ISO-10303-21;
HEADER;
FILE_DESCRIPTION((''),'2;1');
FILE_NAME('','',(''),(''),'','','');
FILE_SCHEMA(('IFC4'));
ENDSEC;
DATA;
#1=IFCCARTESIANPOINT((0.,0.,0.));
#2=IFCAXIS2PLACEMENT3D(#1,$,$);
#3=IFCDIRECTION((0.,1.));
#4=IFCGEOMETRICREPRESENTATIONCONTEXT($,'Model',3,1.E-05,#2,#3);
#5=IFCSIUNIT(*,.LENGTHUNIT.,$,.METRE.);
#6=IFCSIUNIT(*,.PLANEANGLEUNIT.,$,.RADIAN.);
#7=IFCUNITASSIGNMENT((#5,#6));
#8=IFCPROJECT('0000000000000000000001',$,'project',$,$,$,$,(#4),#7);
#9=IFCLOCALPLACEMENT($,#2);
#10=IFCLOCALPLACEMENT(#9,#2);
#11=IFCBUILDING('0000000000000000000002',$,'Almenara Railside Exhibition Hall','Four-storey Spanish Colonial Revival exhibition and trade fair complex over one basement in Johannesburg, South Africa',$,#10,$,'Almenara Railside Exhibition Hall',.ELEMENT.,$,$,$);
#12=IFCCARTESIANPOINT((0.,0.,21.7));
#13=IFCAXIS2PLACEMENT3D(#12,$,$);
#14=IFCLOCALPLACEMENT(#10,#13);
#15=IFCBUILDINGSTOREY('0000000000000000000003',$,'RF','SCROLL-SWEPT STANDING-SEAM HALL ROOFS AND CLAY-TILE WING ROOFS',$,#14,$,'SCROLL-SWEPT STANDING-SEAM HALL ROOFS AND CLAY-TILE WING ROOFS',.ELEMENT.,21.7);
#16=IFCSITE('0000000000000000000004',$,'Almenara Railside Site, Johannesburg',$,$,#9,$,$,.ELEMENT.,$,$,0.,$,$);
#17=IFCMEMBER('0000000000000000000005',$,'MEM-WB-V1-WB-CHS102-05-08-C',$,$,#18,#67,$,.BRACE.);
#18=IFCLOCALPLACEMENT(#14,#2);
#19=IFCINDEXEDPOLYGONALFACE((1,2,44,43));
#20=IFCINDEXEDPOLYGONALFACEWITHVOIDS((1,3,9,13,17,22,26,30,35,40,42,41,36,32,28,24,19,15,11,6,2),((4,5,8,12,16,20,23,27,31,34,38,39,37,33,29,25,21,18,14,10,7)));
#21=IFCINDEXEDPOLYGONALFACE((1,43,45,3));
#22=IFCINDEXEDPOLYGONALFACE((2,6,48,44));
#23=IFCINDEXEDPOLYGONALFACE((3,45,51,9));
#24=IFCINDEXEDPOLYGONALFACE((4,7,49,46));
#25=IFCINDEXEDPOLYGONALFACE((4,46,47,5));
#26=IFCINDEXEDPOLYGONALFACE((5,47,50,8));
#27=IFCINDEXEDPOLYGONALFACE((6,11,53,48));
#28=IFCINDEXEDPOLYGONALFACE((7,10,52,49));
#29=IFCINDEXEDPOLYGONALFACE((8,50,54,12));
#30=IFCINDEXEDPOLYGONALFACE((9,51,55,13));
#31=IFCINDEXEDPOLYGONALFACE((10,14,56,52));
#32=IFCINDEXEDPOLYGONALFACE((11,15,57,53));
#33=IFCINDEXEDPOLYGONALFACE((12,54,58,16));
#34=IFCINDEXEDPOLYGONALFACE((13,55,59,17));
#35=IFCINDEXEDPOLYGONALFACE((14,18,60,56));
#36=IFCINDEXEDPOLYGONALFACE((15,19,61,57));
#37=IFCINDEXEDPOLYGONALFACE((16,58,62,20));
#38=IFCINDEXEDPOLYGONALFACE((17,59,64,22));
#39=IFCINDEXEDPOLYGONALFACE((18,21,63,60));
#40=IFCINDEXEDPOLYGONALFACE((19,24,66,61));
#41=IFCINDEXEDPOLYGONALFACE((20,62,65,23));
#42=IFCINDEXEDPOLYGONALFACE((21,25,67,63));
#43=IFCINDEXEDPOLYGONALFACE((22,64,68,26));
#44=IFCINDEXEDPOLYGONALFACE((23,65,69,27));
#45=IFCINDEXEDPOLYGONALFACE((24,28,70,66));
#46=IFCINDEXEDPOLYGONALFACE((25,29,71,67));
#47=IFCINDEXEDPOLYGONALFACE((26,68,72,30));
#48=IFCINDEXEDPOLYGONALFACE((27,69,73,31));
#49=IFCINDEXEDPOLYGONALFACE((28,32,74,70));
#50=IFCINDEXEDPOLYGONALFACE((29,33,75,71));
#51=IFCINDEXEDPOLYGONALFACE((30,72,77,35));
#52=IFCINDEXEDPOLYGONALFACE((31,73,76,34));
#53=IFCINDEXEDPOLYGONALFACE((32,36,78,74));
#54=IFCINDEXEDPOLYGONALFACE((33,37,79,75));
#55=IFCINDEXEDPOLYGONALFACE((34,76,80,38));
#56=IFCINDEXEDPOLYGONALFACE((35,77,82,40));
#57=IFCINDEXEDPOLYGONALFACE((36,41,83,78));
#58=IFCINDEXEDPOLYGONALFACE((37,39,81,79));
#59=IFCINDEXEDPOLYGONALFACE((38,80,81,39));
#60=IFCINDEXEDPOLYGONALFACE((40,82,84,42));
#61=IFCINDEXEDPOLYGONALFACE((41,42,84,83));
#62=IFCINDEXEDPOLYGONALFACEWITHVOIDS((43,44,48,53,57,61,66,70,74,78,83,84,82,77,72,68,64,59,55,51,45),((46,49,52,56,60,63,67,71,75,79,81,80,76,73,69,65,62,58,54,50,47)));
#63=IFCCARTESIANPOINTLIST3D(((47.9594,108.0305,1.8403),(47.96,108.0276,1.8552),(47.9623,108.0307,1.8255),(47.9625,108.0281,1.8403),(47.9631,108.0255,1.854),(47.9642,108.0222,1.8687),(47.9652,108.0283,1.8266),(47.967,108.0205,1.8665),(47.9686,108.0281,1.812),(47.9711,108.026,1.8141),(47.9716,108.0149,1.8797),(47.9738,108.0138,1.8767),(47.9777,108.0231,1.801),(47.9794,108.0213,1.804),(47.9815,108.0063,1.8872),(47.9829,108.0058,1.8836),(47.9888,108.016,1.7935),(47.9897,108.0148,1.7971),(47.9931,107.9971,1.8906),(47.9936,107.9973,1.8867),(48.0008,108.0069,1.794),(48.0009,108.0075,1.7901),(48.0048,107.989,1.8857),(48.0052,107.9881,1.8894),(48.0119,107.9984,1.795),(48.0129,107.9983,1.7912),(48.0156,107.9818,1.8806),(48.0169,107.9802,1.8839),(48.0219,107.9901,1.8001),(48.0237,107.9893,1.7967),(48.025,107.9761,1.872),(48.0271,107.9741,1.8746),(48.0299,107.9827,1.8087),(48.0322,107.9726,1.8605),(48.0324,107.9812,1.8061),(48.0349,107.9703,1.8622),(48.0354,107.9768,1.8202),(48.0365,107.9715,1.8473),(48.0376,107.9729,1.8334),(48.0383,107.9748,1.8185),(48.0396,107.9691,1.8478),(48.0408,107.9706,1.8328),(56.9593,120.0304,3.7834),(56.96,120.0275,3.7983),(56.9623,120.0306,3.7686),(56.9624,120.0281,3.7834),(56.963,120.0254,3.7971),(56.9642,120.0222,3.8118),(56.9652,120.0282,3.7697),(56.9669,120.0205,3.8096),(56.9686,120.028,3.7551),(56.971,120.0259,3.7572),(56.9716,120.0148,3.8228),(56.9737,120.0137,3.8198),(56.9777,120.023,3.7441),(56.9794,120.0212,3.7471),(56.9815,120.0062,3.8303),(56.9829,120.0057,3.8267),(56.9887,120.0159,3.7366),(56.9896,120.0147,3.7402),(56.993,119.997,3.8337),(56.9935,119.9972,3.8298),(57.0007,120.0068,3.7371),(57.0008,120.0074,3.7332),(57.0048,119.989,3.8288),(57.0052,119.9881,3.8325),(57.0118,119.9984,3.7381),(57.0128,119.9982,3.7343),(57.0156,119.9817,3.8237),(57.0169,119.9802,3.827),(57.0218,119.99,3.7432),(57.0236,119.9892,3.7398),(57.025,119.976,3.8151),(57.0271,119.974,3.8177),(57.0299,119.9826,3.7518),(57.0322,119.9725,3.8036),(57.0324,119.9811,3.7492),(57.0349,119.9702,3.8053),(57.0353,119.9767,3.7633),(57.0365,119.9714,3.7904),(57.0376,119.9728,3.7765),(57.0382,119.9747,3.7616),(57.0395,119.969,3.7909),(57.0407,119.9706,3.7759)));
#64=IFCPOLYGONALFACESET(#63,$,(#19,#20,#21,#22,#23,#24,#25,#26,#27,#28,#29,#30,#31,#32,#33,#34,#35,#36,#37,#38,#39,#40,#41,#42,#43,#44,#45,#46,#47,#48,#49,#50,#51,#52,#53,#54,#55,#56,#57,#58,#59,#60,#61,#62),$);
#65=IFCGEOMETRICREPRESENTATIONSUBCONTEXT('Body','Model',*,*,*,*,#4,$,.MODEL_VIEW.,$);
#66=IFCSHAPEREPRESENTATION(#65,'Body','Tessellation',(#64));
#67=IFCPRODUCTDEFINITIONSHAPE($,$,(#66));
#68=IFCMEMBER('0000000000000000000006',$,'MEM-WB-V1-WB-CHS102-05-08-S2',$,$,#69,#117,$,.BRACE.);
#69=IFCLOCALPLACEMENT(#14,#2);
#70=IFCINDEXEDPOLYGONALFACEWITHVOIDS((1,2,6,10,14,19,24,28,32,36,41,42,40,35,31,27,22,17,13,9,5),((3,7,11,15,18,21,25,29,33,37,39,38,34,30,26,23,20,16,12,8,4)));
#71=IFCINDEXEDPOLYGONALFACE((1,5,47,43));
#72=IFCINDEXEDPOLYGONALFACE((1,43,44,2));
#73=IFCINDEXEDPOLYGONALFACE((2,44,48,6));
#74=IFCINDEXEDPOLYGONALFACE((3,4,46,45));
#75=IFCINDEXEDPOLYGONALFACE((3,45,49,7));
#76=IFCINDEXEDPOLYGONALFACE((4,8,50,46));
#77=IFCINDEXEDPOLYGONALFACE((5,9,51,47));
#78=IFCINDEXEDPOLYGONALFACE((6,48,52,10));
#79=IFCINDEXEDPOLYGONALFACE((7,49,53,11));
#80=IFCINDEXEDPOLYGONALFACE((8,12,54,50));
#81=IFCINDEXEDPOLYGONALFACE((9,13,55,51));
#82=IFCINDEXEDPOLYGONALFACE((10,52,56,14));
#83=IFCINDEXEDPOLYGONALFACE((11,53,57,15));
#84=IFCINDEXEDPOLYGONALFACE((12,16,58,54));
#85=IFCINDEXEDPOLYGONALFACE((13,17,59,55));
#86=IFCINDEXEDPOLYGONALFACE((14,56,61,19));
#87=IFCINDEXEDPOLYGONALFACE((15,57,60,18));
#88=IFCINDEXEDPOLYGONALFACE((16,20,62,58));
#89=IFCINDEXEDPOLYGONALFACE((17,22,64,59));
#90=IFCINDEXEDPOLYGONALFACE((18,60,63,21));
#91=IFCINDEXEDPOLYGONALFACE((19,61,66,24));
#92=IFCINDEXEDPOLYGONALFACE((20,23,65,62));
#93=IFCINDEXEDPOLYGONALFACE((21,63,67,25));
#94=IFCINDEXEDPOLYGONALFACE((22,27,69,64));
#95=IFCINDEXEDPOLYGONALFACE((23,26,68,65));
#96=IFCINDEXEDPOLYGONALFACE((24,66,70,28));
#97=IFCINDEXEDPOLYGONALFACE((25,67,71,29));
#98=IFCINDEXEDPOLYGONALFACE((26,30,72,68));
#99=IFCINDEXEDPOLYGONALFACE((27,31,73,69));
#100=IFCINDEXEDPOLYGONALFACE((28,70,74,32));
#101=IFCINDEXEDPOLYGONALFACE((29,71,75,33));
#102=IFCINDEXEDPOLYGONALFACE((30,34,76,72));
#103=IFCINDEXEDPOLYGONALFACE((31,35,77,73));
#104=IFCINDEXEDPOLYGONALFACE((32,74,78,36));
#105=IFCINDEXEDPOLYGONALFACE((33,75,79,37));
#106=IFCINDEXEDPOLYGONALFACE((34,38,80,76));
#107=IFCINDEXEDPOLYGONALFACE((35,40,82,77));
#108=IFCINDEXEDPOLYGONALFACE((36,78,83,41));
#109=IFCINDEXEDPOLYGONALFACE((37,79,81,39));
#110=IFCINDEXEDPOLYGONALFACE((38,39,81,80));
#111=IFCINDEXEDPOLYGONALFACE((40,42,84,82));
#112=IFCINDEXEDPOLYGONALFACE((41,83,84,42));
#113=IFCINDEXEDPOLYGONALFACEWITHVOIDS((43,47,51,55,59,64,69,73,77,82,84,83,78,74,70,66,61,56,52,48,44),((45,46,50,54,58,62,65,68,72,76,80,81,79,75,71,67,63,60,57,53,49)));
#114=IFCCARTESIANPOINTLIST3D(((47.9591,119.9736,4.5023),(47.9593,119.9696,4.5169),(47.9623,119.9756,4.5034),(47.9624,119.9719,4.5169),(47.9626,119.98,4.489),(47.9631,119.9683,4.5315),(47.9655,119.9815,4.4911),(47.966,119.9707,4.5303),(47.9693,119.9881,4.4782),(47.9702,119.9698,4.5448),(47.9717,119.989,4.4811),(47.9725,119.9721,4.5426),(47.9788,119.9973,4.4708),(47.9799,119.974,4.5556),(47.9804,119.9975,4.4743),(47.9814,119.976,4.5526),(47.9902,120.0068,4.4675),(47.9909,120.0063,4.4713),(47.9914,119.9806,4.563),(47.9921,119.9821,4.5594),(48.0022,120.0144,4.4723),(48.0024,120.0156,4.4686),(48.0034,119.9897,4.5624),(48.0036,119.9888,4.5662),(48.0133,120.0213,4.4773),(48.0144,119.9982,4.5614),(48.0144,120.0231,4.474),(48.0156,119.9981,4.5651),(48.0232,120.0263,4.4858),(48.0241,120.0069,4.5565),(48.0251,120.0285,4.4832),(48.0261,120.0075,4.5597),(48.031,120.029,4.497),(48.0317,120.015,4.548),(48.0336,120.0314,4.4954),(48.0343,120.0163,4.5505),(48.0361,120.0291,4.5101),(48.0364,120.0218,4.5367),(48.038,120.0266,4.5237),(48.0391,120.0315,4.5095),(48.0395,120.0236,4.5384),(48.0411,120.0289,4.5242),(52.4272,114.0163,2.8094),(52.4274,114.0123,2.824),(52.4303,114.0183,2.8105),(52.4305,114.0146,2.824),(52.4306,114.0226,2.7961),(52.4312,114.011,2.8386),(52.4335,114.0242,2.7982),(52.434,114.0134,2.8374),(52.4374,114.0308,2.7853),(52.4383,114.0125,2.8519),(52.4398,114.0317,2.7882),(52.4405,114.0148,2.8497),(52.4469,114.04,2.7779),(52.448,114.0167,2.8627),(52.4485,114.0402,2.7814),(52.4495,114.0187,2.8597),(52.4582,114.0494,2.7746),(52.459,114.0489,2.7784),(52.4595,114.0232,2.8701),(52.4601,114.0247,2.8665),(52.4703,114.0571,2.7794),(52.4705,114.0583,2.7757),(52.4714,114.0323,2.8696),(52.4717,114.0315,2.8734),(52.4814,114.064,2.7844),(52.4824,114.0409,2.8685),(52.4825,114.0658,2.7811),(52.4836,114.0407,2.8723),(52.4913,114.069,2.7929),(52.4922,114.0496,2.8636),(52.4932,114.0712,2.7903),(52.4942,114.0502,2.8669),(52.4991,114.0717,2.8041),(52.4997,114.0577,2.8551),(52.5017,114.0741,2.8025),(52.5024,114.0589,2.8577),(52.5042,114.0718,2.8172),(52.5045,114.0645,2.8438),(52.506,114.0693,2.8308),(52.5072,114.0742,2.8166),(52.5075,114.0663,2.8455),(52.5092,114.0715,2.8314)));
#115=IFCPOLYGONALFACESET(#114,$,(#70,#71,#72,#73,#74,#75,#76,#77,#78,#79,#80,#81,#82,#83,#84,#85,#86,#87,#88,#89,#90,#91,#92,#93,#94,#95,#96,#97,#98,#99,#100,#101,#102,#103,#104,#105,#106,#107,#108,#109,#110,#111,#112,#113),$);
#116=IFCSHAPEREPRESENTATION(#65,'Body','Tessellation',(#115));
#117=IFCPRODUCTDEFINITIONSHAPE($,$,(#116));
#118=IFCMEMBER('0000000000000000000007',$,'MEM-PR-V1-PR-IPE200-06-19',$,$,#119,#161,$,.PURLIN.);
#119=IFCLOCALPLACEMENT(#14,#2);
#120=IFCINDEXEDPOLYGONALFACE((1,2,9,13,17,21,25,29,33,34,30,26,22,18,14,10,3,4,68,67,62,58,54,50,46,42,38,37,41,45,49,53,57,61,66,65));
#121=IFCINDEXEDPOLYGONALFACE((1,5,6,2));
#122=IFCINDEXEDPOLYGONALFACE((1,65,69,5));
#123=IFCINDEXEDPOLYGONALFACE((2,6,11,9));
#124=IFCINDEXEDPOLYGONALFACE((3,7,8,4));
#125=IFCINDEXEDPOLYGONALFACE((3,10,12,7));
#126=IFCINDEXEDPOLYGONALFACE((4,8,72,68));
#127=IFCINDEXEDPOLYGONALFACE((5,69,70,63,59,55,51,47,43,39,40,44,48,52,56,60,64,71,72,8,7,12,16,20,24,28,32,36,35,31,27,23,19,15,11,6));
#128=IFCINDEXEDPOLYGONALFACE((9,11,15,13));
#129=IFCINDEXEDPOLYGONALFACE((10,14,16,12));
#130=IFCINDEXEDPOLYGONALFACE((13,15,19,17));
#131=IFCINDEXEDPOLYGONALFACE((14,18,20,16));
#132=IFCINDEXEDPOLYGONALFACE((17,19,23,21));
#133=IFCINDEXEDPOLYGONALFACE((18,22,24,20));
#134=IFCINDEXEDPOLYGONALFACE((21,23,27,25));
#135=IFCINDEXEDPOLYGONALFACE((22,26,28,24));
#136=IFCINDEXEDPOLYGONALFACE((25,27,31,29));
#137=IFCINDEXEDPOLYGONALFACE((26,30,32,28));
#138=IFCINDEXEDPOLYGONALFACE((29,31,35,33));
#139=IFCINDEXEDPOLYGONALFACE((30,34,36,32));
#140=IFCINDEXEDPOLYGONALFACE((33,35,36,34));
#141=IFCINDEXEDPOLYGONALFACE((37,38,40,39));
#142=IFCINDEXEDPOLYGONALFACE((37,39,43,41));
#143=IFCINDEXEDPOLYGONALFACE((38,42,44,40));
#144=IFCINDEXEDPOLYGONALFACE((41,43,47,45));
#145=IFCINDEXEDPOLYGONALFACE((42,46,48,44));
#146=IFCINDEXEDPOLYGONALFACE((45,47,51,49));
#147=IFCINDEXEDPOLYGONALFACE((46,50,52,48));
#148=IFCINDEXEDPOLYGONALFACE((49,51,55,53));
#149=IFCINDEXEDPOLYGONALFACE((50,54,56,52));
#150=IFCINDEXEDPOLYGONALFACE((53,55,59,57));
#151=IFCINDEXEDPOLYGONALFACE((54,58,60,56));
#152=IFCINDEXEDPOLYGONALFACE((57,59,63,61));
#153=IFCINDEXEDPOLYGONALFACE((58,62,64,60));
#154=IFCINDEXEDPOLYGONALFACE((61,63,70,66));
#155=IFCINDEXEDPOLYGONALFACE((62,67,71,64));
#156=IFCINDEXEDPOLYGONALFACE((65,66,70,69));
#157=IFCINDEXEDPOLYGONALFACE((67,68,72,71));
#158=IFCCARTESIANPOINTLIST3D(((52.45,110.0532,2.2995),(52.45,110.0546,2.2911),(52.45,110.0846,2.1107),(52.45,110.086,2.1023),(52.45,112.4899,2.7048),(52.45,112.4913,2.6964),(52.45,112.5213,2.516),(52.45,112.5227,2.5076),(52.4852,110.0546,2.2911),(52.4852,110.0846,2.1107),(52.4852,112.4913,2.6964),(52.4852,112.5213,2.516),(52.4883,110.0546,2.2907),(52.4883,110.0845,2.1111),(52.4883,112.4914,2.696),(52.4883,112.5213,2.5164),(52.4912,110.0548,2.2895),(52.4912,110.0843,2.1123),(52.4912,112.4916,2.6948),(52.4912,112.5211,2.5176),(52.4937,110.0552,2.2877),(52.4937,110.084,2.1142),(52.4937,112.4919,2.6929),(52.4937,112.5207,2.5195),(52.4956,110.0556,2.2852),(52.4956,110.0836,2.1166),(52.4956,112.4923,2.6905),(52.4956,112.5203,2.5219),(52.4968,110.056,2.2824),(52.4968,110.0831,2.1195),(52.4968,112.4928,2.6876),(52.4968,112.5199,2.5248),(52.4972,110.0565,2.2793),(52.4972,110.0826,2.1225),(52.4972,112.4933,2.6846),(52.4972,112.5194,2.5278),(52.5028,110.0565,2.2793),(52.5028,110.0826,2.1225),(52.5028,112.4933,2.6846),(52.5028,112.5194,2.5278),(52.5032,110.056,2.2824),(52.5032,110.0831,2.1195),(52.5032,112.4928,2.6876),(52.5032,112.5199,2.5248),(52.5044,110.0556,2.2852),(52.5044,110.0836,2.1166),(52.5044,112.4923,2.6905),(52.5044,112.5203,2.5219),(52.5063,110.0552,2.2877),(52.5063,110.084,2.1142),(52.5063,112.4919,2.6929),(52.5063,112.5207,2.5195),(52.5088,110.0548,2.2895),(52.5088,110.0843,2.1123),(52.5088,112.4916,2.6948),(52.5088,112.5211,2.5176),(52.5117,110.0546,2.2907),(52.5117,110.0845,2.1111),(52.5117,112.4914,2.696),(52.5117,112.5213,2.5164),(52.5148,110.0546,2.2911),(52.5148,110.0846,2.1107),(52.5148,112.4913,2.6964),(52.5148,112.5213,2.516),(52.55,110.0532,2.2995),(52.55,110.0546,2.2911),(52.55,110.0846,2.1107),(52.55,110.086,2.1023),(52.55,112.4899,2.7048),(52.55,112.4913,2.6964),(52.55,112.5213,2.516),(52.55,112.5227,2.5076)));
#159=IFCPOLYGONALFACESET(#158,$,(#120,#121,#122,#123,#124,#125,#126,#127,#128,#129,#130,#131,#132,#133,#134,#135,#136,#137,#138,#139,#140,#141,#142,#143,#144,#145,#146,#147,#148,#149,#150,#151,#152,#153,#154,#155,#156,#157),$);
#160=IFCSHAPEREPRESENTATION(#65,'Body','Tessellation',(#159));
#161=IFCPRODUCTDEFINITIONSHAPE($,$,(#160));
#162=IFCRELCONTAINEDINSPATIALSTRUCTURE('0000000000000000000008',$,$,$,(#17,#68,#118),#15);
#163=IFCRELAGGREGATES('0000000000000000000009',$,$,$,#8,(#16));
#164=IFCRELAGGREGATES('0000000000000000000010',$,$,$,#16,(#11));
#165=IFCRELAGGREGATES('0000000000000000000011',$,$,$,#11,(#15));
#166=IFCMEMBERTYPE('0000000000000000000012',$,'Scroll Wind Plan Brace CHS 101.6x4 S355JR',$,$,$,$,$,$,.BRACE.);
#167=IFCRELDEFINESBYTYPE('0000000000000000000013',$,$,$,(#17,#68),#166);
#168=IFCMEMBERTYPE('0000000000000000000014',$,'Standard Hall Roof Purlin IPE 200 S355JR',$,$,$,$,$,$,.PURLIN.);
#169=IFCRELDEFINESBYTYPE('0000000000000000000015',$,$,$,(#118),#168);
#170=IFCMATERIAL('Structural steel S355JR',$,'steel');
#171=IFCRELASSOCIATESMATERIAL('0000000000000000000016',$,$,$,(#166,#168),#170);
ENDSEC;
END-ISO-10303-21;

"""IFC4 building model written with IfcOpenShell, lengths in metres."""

from ifc_helpers import new_model, si_unit, direction, frame, origin, origin_2d, place, context, subcontext, project, spatial, hollow_circle, i_section, extrude, material, material_profile, profile_set, type_object, element, save


model = new_model("IFC4")

# Units and contexts
model_context = context("Model", 3, precision=1e-05, world=origin(), true_north=direction((0.0, 1.0)))
body_context = subcontext(model_context, "Body", "Model", "MODEL_VIEW")
ifc_project = project(units=[si_unit("LENGTHUNIT", "METRE"), si_unit("PLANEANGLEUNIT", "RADIAN")], contexts=[model_context])

# Site, building, storey
site_placement = place(None, origin())
site = spatial("IfcSite", under=ifc_project, at=site_placement, Name="Almenara Railside Site, Johannesburg", CompositionType="ELEMENT", RefElevation=0.0)
building_placement = place(site_placement, origin())
building = spatial("IfcBuilding", under=site, at=building_placement, Name="Almenara Railside Exhibition Hall", Description="Four-storey Spanish Colonial Revival exhibition and trade fair complex over one basement in Johannesburg, South Africa", LongName="Almenara Railside Exhibition Hall", CompositionType="ELEMENT")
storey_placement = place(building_placement, frame((0.0, 0.0, 21.7)))
storey = spatial("IfcBuildingStorey", under=building, at=storey_placement, Name="RF", Description="SCROLL-SWEPT STANDING-SEAM HALL ROOFS AND CLAY-TILE WING ROOFS", LongName="SCROLL-SWEPT STANDING-SEAM HALL ROOFS AND CLAY-TILE WING ROOFS", CompositionType="ELEMENT", Elevation=21.7)

# Members
ifc_material_1 = material(Name="Structural steel S355JR", Category="steel")
ifc_material_profile_1 = material_profile(ifc_material_1, hollow_circle(Radius=0.0508, WallThickness=0.0039, at=origin_2d()), Name="CHS 101.6x4")
ifc_profile_set_1 = profile_set([ifc_material_profile_1], Name="Structural steel S355JR")
member_type_1 = type_object("IfcMemberType", Name="Scroll Wind Plan Brace CHS 101.6x4 S355JR", PredefinedType="BRACE", material=ifc_profile_set_1)
member_1_placement = place(storey_placement, frame((48.0, 108.0, 1.8403), z_axis=(0.595028, 0.793371, 0.128468), x_axis=(-0.8, 0.6, 0.0)))
element("IfcMember", 1, at=member_1_placement, inside=storey, type_object=member_type_1, Name="MEM-WB-V1-WB-CHS102-05-08-C", PredefinedType="BRACE", context=body_context, shape_type="SweptSolid", body=[
    extrude(hollow_circle(Radius=0.0508, WallThickness=0.0039, at=origin_2d()), origin(), (0.0, 0.0, 1.0), 15.1252),
])
member_2_placement = place(storey_placement, frame((52.468, 114.0427, 2.824), z_axis=(-0.585077, 0.780092, 0.221678), x_axis=(-0.799996, -0.600005, 0.0)))
element("IfcMember", 2, at=member_2_placement, inside=storey, type_object=member_type_1, Name="MEM-WB-V1-WB-CHS102-05-08-S2", PredefinedType="BRACE", context=body_context, shape_type="SweptSolid", body=[
    extrude(hollow_circle(Radius=0.0508, WallThickness=0.0039, at=origin_2d()), origin(), (0.0, 0.0, 1.0), 7.6367),
])
ifc_material_profile_2 = material_profile(ifc_material_1, i_section(OverallWidth=0.1001, OverallDepth=0.2, WebThickness=0.0056, FlangeThickness=0.0085, FilletRadius=0.012, at=origin_2d()), Name="IPE 200")
ifc_profile_set_2 = profile_set([ifc_material_profile_2], Name="Structural steel S355JR")
member_type_2 = type_object("IfcMemberType", Name="Standard Hall Roof Purlin IPE 200 S355JR", PredefinedType="PURLIN", material=ifc_profile_set_2)
member_3_placement = place(storey_placement, frame((52.5, 110.0696, 2.2009), z_axis=(0.0, 0.98645, 0.164062), x_axis=(-1.0, 0.0, 0.0)))
element("IfcMember", 3, at=member_3_placement, inside=storey, type_object=member_type_2, Name="MEM-PR-V1-PR-IPE200-06-19", PredefinedType="PURLIN", context=body_context, shape_type="SweptSolid", body=[
    extrude(i_section(OverallWidth=0.1001, OverallDepth=0.2, WebThickness=0.0056, FlangeThickness=0.0085, FilletRadius=0.012, at=origin_2d()), origin(), (0.0, 0.0, 1.0), 2.4702),
])

save(model, "model.ifc")
